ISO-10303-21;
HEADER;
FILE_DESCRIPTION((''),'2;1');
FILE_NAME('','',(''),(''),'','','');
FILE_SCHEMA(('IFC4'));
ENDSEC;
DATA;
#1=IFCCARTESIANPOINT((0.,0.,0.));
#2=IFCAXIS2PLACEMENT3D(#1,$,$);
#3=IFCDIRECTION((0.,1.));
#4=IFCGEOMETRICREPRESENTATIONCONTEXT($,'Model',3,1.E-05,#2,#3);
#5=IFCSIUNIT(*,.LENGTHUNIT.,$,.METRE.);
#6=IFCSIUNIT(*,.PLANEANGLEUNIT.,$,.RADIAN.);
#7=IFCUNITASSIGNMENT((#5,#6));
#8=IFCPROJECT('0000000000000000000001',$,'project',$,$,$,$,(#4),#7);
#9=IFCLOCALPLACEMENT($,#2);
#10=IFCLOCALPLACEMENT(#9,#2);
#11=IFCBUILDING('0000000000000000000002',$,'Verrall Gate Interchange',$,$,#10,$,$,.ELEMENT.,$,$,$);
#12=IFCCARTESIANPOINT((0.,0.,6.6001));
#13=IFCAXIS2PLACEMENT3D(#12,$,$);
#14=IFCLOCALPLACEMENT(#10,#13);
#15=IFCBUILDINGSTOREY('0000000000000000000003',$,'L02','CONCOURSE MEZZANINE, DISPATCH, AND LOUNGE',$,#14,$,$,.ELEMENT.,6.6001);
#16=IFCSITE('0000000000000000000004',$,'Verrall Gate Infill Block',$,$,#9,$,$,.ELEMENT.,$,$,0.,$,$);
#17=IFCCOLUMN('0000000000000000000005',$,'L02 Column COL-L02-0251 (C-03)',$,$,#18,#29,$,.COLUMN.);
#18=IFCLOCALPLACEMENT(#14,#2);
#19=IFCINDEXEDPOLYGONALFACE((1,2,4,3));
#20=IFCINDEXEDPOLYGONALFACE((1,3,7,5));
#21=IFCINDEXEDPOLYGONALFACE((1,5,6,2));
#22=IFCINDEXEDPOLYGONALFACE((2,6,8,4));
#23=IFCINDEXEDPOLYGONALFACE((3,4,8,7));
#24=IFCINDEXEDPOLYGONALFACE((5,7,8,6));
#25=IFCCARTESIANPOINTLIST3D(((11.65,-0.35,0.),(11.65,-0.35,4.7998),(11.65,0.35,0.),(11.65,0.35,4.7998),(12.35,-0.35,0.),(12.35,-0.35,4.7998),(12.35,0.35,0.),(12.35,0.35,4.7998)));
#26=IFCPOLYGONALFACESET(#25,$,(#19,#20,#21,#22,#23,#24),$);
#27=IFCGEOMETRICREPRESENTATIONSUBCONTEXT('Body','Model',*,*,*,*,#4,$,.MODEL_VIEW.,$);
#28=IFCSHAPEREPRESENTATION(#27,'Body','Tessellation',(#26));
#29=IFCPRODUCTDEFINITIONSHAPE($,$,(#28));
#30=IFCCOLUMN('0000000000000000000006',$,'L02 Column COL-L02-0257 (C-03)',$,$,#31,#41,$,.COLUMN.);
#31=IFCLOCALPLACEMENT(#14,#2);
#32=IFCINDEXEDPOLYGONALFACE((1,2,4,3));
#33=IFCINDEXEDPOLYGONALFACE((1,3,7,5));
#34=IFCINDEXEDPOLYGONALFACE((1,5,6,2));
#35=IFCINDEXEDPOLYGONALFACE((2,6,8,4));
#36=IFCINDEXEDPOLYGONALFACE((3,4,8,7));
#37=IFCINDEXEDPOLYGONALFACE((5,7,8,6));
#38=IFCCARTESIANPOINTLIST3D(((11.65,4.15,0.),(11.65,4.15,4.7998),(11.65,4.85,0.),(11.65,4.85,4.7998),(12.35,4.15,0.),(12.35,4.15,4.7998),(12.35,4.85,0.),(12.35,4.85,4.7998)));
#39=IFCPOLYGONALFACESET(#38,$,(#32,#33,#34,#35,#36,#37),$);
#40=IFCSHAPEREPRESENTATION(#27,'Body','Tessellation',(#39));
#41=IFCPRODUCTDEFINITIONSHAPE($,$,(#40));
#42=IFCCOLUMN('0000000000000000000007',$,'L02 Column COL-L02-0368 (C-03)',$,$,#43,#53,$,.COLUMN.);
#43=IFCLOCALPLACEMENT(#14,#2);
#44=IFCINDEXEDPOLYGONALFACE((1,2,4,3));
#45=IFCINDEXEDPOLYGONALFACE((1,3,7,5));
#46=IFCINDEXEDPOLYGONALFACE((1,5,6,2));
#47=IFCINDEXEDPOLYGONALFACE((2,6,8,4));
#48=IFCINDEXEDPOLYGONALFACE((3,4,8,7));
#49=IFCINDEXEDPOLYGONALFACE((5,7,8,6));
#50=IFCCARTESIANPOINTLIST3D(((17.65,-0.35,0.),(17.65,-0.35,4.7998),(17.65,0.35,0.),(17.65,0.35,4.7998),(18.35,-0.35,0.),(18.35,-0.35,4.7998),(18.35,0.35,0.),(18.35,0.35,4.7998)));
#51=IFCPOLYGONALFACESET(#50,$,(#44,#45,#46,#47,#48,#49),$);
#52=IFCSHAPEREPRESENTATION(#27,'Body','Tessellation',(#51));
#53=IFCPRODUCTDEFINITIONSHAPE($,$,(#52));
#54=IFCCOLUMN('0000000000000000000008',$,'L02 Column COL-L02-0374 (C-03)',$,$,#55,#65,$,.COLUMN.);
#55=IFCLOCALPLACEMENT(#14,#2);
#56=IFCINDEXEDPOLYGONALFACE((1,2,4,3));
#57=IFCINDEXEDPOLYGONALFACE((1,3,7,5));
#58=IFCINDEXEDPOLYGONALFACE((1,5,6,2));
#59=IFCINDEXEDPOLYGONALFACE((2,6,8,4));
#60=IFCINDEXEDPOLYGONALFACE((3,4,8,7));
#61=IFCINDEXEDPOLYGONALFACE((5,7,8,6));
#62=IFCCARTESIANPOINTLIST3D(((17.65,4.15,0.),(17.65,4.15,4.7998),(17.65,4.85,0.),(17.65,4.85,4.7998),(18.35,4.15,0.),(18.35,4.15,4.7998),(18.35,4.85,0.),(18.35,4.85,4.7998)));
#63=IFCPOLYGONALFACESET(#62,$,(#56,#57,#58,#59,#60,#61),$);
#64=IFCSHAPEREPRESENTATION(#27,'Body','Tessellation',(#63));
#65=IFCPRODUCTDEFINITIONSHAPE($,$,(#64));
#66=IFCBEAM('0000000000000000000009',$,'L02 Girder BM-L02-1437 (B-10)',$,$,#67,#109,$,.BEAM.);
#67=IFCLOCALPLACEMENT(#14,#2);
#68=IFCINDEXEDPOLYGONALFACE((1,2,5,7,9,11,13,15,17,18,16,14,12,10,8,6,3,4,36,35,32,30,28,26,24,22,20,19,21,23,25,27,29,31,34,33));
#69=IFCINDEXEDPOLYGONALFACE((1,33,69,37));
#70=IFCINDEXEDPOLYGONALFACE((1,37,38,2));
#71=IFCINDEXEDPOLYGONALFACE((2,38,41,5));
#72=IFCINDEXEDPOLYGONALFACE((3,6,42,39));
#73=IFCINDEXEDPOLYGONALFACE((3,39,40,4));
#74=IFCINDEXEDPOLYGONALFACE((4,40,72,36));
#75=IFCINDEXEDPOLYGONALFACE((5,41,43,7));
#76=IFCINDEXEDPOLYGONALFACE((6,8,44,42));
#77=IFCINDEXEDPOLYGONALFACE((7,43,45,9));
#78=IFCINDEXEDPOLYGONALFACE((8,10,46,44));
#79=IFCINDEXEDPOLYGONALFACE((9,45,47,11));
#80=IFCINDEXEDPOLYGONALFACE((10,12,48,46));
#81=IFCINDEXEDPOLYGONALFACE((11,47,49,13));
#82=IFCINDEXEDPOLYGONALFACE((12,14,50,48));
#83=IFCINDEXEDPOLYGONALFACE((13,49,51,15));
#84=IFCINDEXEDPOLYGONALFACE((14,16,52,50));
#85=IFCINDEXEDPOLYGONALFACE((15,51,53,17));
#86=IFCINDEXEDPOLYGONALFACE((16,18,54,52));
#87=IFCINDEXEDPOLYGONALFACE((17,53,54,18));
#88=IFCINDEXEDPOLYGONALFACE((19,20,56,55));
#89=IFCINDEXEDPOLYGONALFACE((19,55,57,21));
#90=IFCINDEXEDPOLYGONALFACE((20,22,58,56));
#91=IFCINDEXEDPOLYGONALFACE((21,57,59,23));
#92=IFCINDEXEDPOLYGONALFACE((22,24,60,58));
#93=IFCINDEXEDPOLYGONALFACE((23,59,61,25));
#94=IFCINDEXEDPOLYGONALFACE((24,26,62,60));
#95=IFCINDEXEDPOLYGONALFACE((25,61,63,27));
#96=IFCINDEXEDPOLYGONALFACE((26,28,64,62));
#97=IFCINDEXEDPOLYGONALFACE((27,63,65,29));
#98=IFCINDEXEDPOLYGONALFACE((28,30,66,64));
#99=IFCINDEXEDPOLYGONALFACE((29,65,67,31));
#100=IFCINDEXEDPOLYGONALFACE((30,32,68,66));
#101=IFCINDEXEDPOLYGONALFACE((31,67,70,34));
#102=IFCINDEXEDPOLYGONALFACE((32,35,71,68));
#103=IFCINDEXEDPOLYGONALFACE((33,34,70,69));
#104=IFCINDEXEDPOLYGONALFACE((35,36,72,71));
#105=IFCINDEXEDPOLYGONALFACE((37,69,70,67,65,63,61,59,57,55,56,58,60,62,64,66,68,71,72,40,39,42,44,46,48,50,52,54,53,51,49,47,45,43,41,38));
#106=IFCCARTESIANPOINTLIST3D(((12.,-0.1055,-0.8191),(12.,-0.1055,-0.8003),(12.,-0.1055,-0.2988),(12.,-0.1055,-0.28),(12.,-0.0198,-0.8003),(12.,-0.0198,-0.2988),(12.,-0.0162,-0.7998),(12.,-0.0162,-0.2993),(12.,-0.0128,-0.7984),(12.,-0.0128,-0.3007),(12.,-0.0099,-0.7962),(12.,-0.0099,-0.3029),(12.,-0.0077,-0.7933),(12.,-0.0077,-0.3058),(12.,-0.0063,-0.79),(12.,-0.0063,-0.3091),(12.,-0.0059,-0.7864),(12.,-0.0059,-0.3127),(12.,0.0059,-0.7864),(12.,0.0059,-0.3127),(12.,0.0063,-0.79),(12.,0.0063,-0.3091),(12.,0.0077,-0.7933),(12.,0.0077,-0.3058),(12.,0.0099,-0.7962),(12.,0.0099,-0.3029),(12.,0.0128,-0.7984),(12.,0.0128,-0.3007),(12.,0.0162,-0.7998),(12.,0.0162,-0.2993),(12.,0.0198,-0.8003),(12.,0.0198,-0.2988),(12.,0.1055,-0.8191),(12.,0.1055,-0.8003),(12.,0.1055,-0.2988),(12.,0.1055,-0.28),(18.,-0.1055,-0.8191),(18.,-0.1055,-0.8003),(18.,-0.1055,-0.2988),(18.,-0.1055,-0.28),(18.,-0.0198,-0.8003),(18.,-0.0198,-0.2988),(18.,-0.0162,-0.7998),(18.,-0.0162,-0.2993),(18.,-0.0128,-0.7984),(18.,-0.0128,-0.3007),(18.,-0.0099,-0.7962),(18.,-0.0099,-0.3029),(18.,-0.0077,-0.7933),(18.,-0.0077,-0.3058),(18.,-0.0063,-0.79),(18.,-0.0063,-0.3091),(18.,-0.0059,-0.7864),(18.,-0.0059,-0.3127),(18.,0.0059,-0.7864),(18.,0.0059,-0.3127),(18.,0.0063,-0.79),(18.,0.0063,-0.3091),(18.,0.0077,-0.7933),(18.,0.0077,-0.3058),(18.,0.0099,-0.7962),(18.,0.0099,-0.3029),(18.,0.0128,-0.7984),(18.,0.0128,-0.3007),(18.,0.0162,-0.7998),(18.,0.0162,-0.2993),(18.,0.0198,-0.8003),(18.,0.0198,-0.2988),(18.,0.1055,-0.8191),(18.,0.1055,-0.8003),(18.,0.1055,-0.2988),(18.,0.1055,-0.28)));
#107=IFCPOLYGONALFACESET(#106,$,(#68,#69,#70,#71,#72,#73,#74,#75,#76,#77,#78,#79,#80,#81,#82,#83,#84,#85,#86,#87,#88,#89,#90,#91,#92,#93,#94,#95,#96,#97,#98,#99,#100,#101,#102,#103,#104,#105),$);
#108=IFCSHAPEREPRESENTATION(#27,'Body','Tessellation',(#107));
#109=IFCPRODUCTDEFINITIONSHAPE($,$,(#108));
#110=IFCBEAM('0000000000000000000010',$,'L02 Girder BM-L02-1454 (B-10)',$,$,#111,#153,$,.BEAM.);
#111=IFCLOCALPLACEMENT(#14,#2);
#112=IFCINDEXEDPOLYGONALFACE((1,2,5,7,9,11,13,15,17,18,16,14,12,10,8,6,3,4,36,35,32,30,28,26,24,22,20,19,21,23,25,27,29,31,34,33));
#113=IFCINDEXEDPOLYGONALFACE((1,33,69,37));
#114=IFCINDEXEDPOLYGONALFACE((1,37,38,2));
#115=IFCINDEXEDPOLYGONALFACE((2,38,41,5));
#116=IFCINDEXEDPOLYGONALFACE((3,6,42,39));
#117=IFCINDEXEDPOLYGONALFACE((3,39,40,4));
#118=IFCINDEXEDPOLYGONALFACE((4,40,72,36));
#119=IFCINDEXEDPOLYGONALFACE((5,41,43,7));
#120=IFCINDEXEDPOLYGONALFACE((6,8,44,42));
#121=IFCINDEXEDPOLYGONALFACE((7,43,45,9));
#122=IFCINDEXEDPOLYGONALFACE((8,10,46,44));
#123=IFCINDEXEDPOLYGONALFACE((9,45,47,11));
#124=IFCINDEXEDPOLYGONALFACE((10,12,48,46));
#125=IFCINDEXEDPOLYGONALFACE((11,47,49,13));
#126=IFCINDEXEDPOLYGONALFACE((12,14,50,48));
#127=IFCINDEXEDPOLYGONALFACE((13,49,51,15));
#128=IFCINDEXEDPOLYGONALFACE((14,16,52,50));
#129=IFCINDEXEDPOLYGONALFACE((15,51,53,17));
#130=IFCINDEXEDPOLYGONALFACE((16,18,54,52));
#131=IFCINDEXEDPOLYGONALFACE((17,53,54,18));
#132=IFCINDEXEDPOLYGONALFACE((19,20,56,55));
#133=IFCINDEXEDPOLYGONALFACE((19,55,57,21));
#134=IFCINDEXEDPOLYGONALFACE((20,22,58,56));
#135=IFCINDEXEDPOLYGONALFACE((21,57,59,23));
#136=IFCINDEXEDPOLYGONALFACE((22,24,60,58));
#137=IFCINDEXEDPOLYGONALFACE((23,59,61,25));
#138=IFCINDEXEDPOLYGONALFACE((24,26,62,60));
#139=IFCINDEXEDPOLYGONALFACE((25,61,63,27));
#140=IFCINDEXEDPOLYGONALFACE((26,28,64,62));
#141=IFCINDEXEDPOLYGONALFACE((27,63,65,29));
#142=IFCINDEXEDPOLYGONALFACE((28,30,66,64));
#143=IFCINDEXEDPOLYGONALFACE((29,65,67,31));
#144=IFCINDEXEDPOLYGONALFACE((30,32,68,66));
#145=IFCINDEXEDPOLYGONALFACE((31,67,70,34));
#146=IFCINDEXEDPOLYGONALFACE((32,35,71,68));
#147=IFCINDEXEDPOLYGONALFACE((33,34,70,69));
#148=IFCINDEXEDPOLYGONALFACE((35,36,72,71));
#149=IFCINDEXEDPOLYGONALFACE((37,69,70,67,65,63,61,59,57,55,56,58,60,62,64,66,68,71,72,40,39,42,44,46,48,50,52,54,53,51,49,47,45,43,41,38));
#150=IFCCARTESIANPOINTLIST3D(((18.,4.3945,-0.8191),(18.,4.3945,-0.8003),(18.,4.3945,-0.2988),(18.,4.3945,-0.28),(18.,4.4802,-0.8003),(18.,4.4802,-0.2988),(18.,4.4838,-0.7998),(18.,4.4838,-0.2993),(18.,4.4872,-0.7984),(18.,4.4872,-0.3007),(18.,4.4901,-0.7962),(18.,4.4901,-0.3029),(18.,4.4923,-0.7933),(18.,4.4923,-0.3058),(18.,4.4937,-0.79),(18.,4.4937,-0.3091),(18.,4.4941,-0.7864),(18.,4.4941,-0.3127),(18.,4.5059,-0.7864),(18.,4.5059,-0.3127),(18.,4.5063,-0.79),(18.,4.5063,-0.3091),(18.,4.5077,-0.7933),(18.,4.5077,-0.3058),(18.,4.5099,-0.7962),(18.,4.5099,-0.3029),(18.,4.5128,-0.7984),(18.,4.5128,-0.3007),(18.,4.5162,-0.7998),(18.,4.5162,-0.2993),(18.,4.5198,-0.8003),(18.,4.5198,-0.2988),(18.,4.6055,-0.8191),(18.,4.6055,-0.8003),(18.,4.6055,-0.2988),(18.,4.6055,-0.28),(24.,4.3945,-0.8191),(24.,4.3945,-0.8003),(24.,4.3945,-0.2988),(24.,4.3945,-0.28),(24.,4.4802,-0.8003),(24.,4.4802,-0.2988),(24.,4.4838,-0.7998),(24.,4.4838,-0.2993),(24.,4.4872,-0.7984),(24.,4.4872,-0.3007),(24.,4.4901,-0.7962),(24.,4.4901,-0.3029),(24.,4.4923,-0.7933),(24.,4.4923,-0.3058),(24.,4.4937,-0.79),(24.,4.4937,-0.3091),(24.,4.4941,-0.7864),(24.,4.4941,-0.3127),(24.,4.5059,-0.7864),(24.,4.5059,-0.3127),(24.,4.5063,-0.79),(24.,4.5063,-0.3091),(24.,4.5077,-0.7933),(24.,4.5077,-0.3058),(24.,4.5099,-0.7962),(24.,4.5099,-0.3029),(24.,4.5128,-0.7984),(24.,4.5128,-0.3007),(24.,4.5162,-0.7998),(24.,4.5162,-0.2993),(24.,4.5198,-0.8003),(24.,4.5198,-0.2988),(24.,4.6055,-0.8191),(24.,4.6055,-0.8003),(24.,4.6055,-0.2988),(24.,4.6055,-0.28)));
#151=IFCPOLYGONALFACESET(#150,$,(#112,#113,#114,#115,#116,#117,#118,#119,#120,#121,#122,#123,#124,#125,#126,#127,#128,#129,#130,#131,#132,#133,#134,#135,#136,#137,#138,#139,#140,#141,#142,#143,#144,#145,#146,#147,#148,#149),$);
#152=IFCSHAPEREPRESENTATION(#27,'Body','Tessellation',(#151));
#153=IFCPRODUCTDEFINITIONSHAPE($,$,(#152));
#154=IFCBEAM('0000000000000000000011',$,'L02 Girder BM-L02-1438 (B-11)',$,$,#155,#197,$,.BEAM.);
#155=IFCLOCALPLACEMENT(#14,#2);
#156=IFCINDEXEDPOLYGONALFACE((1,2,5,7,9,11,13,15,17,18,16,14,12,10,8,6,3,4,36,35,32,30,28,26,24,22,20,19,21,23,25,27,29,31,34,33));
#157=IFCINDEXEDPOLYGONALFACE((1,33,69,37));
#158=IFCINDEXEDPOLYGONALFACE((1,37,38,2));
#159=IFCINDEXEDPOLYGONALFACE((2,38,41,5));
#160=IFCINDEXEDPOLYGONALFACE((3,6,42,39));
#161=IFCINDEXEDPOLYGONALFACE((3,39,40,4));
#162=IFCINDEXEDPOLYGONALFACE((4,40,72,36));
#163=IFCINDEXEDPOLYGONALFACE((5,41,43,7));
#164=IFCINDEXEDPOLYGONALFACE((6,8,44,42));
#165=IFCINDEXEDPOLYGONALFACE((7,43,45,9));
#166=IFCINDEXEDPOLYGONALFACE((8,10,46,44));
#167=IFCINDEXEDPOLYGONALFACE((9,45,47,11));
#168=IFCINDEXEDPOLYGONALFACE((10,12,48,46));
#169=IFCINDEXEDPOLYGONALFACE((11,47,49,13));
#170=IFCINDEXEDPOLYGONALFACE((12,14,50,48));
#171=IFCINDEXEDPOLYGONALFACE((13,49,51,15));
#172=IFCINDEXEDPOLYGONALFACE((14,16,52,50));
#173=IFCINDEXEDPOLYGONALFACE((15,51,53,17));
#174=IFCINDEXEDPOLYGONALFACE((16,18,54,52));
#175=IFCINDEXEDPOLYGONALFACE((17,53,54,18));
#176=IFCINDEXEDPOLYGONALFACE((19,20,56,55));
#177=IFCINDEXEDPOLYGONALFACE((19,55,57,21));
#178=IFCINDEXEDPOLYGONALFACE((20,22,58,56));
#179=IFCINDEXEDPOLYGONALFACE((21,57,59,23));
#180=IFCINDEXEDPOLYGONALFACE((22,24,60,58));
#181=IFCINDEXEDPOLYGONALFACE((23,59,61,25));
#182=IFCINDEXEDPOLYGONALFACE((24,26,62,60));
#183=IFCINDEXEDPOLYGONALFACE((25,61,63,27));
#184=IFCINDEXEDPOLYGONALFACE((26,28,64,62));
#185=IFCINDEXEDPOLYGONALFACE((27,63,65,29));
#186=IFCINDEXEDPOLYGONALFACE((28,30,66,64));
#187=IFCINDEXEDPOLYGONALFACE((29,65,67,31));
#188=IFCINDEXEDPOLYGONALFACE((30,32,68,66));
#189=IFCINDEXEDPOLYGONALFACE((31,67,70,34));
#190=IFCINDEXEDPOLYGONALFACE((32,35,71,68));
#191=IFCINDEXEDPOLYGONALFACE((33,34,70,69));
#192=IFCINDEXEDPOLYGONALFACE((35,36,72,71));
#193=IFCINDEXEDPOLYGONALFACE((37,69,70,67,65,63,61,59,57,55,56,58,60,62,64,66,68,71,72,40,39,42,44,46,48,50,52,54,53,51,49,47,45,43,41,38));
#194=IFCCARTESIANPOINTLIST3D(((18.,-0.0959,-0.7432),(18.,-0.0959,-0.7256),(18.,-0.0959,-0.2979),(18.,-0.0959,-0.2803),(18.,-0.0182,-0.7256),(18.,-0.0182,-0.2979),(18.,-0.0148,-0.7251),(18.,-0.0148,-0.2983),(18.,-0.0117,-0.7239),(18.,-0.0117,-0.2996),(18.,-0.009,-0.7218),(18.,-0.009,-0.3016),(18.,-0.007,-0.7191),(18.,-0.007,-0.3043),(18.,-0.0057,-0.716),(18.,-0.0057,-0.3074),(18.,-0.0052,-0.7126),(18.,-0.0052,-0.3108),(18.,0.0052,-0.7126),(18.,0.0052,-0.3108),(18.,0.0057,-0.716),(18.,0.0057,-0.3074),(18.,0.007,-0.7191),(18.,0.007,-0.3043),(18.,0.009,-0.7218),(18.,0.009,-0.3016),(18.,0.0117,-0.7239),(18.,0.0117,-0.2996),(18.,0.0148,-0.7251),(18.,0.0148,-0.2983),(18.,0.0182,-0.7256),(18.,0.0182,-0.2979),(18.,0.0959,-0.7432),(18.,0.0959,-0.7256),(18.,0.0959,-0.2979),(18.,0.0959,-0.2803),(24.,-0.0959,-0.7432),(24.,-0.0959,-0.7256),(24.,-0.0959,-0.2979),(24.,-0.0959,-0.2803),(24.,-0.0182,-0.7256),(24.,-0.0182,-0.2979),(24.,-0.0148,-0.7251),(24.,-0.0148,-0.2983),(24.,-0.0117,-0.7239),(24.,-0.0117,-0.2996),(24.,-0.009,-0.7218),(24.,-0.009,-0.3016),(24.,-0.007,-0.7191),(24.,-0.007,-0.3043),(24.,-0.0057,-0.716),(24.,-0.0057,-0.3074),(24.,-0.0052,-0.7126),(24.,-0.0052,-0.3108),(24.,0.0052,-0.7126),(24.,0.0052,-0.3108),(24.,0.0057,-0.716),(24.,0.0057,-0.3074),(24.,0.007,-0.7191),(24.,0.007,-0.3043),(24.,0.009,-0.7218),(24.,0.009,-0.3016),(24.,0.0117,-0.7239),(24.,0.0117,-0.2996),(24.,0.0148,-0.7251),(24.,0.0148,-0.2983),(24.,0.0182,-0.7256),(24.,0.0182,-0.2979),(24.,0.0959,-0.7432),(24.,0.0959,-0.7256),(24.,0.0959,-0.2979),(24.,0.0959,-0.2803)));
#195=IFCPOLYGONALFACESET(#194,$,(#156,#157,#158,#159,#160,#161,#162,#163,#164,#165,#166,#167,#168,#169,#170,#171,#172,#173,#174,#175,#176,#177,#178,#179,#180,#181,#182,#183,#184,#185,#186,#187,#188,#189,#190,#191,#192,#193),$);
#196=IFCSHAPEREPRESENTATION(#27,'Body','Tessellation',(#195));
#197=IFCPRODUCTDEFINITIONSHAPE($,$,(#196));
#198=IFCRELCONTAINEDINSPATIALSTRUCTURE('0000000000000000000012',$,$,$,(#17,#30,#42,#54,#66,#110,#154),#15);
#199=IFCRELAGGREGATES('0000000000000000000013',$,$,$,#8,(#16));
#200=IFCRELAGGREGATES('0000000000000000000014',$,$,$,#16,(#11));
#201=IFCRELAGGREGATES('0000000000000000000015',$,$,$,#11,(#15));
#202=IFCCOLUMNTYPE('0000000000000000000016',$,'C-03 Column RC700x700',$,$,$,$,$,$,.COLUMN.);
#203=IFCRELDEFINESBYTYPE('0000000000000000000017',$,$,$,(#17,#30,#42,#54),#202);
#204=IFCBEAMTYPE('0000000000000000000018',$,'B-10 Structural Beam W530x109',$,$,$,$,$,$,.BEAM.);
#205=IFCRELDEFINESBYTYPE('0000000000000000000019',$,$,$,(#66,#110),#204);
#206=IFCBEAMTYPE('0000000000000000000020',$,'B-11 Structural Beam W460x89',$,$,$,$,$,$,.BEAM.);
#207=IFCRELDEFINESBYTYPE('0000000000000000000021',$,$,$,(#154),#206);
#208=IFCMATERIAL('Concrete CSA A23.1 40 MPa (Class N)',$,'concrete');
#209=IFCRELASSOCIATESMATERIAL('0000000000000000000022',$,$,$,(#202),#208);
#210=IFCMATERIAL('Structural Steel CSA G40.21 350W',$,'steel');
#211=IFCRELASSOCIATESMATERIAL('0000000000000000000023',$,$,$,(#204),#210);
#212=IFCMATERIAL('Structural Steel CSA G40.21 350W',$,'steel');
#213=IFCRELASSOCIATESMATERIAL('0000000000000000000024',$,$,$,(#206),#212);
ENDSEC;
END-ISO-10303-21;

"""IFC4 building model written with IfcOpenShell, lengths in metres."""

from ifc_helpers import new_model, si_unit, direction, frame, origin, origin_2d, place, context, subcontext, project, spatial, rectangle, i_section, extrude, material, material_profile, profile_set, type_object, element, save


model = new_model("IFC4")

# Units and contexts
model_context = context("Model", 3, precision=1e-05, world=origin(), true_north=direction((0.0, 1.0)))
body_context = subcontext(model_context, "Body", "Model", "MODEL_VIEW")
ifc_project = project(units=[si_unit("LENGTHUNIT", "METRE"), si_unit("PLANEANGLEUNIT", "RADIAN")], contexts=[model_context])

# Site, building, storey
site_placement = place(None, origin())
site = spatial("IfcSite", under=ifc_project, at=site_placement, Name="Verrall Gate Infill Block", CompositionType="ELEMENT", RefElevation=0.0)
building_placement = place(site_placement, origin())
building = spatial("IfcBuilding", under=site, at=building_placement, Name="Verrall Gate Interchange", CompositionType="ELEMENT")
storey_placement = place(building_placement, frame((0.0, 0.0, 6.6001)))
storey = spatial("IfcBuildingStorey", under=building, at=storey_placement, Name="L02", Description="CONCOURSE MEZZANINE, DISPATCH, AND LOUNGE", CompositionType="ELEMENT", Elevation=6.6001)

# Columns
ifc_material_1 = material(Name="Concrete CSA A23.1 40 MPa (Class N)", Category="concrete")
ifc_material_profile_1 = material_profile(ifc_material_1, rectangle(XDim=0.7, YDim=0.7, at=origin_2d()), Name="RC700x700")
ifc_profile_set_1 = profile_set([ifc_material_profile_1], Name="Concrete CSA A23.1 40 MPa (Class N)")
column_type = type_object("IfcColumnType", Name="C-03 Column RC700x700", PredefinedType="COLUMN", material=ifc_profile_set_1)
for number, where, z_axis, x_axis, name in (
    (1, (12.0, 0.0, 0.0), (0.0, 0.0, 1.0), (1.0, 0.0, 0.0), "L02 Column COL-L02-0251 (C-03)"),
    (2, (12.0, 4.5, 0.0), (0.0, 0.0, 1.0), (1.0, 0.0, 0.0), "L02 Column COL-L02-0257 (C-03)"),
    (3, (18.0, 0.0, 0.0), (0.0, 0.0, 1.0), (1.0, 0.0, 0.0), "L02 Column COL-L02-0368 (C-03)"),
    (4, (18.0, 4.5, 0.0), (0.0, 0.0, 1.0), (1.0, 0.0, 0.0), "L02 Column COL-L02-0374 (C-03)"),
):
    element("IfcColumn", number, at=place(storey_placement, frame(where, z_axis=z_axis, x_axis=x_axis)), inside=storey, type_object=column_type, Name=name, PredefinedType="COLUMN", context=body_context, shape_type="SweptSolid", body=[
        extrude(rectangle(XDim=0.7, YDim=0.7, at=origin_2d()), origin(), (0.0, 0.0, 1.0), 4.7998),
    ])

# Beams
ifc_material_2 = material(Name="Structural Steel CSA G40.21 350W", Category="steel")
ifc_material_profile_2 = material_profile(ifc_material_2, i_section(OverallWidth=0.2109, OverallDepth=0.5391, WebThickness=0.0117, FlangeThickness=0.0188, FilletRadius=0.0139, at=origin_2d()), Name="W530x109")
ifc_profile_set_2 = profile_set([ifc_material_profile_2], Name="Structural Steel CSA G40.21 350W")
beam_type_1 = type_object("IfcBeamType", Name="B-10 Structural Beam W530x109", PredefinedType="BEAM", material=ifc_profile_set_2)
for number, where, z_axis, x_axis, name in (
    (5, (12.0, 0.0, -0.5496), (1.0, 0.0, 0.0), (0.0, 1.0, 0.0), "L02 Girder BM-L02-1437 (B-10)"),
    (6, (18.0, 4.5, -0.5496), (1.0, 0.0, 0.0), (0.0, 1.0, 0.0), "L02 Girder BM-L02-1454 (B-10)"),
):
    element("IfcBeam", number, at=place(storey_placement, frame(where, z_axis=z_axis, x_axis=x_axis)), inside=storey, type_object=beam_type_1, Name=name, PredefinedType="BEAM", context=body_context, shape_type="SweptSolid", body=[
        extrude(i_section(OverallWidth=0.2109, OverallDepth=0.5391, WebThickness=0.0117, FlangeThickness=0.0188, FilletRadius=0.0139, at=origin_2d()), origin(), (0.0, 0.0, 1.0), 6.0),
    ])
ifc_material_3 = material(Name="Structural Steel CSA G40.21 350W", Category="steel")
ifc_material_profile_3 = material_profile(ifc_material_3, i_section(OverallWidth=0.1919, OverallDepth=0.4629, WebThickness=0.0105, FlangeThickness=0.0176, FilletRadius=0.0129, at=origin_2d()), Name="W460x89")
ifc_profile_set_3 = profile_set([ifc_material_profile_3], Name="Structural Steel CSA G40.21 350W")
beam_type_2 = type_object("IfcBeamType", Name="B-11 Structural Beam W460x89", PredefinedType="BEAM", material=ifc_profile_set_3)
beam_1_placement = place(storey_placement, frame((18.0, 0.0, -0.5117), z_axis=(1.0, 0.0, 0.0), x_axis=(0.0, 1.0, 0.0)))
element("IfcBeam", 7, at=beam_1_placement, inside=storey, type_object=beam_type_2, Name="L02 Girder BM-L02-1438 (B-11)", PredefinedType="BEAM", context=body_context, shape_type="SweptSolid", body=[
    extrude(i_section(OverallWidth=0.1919, OverallDepth=0.4629, WebThickness=0.0105, FlangeThickness=0.0176, FilletRadius=0.0129, at=origin_2d()), origin(), (0.0, 0.0, 1.0), 6.0),
])

save(model, "model.ifc")
